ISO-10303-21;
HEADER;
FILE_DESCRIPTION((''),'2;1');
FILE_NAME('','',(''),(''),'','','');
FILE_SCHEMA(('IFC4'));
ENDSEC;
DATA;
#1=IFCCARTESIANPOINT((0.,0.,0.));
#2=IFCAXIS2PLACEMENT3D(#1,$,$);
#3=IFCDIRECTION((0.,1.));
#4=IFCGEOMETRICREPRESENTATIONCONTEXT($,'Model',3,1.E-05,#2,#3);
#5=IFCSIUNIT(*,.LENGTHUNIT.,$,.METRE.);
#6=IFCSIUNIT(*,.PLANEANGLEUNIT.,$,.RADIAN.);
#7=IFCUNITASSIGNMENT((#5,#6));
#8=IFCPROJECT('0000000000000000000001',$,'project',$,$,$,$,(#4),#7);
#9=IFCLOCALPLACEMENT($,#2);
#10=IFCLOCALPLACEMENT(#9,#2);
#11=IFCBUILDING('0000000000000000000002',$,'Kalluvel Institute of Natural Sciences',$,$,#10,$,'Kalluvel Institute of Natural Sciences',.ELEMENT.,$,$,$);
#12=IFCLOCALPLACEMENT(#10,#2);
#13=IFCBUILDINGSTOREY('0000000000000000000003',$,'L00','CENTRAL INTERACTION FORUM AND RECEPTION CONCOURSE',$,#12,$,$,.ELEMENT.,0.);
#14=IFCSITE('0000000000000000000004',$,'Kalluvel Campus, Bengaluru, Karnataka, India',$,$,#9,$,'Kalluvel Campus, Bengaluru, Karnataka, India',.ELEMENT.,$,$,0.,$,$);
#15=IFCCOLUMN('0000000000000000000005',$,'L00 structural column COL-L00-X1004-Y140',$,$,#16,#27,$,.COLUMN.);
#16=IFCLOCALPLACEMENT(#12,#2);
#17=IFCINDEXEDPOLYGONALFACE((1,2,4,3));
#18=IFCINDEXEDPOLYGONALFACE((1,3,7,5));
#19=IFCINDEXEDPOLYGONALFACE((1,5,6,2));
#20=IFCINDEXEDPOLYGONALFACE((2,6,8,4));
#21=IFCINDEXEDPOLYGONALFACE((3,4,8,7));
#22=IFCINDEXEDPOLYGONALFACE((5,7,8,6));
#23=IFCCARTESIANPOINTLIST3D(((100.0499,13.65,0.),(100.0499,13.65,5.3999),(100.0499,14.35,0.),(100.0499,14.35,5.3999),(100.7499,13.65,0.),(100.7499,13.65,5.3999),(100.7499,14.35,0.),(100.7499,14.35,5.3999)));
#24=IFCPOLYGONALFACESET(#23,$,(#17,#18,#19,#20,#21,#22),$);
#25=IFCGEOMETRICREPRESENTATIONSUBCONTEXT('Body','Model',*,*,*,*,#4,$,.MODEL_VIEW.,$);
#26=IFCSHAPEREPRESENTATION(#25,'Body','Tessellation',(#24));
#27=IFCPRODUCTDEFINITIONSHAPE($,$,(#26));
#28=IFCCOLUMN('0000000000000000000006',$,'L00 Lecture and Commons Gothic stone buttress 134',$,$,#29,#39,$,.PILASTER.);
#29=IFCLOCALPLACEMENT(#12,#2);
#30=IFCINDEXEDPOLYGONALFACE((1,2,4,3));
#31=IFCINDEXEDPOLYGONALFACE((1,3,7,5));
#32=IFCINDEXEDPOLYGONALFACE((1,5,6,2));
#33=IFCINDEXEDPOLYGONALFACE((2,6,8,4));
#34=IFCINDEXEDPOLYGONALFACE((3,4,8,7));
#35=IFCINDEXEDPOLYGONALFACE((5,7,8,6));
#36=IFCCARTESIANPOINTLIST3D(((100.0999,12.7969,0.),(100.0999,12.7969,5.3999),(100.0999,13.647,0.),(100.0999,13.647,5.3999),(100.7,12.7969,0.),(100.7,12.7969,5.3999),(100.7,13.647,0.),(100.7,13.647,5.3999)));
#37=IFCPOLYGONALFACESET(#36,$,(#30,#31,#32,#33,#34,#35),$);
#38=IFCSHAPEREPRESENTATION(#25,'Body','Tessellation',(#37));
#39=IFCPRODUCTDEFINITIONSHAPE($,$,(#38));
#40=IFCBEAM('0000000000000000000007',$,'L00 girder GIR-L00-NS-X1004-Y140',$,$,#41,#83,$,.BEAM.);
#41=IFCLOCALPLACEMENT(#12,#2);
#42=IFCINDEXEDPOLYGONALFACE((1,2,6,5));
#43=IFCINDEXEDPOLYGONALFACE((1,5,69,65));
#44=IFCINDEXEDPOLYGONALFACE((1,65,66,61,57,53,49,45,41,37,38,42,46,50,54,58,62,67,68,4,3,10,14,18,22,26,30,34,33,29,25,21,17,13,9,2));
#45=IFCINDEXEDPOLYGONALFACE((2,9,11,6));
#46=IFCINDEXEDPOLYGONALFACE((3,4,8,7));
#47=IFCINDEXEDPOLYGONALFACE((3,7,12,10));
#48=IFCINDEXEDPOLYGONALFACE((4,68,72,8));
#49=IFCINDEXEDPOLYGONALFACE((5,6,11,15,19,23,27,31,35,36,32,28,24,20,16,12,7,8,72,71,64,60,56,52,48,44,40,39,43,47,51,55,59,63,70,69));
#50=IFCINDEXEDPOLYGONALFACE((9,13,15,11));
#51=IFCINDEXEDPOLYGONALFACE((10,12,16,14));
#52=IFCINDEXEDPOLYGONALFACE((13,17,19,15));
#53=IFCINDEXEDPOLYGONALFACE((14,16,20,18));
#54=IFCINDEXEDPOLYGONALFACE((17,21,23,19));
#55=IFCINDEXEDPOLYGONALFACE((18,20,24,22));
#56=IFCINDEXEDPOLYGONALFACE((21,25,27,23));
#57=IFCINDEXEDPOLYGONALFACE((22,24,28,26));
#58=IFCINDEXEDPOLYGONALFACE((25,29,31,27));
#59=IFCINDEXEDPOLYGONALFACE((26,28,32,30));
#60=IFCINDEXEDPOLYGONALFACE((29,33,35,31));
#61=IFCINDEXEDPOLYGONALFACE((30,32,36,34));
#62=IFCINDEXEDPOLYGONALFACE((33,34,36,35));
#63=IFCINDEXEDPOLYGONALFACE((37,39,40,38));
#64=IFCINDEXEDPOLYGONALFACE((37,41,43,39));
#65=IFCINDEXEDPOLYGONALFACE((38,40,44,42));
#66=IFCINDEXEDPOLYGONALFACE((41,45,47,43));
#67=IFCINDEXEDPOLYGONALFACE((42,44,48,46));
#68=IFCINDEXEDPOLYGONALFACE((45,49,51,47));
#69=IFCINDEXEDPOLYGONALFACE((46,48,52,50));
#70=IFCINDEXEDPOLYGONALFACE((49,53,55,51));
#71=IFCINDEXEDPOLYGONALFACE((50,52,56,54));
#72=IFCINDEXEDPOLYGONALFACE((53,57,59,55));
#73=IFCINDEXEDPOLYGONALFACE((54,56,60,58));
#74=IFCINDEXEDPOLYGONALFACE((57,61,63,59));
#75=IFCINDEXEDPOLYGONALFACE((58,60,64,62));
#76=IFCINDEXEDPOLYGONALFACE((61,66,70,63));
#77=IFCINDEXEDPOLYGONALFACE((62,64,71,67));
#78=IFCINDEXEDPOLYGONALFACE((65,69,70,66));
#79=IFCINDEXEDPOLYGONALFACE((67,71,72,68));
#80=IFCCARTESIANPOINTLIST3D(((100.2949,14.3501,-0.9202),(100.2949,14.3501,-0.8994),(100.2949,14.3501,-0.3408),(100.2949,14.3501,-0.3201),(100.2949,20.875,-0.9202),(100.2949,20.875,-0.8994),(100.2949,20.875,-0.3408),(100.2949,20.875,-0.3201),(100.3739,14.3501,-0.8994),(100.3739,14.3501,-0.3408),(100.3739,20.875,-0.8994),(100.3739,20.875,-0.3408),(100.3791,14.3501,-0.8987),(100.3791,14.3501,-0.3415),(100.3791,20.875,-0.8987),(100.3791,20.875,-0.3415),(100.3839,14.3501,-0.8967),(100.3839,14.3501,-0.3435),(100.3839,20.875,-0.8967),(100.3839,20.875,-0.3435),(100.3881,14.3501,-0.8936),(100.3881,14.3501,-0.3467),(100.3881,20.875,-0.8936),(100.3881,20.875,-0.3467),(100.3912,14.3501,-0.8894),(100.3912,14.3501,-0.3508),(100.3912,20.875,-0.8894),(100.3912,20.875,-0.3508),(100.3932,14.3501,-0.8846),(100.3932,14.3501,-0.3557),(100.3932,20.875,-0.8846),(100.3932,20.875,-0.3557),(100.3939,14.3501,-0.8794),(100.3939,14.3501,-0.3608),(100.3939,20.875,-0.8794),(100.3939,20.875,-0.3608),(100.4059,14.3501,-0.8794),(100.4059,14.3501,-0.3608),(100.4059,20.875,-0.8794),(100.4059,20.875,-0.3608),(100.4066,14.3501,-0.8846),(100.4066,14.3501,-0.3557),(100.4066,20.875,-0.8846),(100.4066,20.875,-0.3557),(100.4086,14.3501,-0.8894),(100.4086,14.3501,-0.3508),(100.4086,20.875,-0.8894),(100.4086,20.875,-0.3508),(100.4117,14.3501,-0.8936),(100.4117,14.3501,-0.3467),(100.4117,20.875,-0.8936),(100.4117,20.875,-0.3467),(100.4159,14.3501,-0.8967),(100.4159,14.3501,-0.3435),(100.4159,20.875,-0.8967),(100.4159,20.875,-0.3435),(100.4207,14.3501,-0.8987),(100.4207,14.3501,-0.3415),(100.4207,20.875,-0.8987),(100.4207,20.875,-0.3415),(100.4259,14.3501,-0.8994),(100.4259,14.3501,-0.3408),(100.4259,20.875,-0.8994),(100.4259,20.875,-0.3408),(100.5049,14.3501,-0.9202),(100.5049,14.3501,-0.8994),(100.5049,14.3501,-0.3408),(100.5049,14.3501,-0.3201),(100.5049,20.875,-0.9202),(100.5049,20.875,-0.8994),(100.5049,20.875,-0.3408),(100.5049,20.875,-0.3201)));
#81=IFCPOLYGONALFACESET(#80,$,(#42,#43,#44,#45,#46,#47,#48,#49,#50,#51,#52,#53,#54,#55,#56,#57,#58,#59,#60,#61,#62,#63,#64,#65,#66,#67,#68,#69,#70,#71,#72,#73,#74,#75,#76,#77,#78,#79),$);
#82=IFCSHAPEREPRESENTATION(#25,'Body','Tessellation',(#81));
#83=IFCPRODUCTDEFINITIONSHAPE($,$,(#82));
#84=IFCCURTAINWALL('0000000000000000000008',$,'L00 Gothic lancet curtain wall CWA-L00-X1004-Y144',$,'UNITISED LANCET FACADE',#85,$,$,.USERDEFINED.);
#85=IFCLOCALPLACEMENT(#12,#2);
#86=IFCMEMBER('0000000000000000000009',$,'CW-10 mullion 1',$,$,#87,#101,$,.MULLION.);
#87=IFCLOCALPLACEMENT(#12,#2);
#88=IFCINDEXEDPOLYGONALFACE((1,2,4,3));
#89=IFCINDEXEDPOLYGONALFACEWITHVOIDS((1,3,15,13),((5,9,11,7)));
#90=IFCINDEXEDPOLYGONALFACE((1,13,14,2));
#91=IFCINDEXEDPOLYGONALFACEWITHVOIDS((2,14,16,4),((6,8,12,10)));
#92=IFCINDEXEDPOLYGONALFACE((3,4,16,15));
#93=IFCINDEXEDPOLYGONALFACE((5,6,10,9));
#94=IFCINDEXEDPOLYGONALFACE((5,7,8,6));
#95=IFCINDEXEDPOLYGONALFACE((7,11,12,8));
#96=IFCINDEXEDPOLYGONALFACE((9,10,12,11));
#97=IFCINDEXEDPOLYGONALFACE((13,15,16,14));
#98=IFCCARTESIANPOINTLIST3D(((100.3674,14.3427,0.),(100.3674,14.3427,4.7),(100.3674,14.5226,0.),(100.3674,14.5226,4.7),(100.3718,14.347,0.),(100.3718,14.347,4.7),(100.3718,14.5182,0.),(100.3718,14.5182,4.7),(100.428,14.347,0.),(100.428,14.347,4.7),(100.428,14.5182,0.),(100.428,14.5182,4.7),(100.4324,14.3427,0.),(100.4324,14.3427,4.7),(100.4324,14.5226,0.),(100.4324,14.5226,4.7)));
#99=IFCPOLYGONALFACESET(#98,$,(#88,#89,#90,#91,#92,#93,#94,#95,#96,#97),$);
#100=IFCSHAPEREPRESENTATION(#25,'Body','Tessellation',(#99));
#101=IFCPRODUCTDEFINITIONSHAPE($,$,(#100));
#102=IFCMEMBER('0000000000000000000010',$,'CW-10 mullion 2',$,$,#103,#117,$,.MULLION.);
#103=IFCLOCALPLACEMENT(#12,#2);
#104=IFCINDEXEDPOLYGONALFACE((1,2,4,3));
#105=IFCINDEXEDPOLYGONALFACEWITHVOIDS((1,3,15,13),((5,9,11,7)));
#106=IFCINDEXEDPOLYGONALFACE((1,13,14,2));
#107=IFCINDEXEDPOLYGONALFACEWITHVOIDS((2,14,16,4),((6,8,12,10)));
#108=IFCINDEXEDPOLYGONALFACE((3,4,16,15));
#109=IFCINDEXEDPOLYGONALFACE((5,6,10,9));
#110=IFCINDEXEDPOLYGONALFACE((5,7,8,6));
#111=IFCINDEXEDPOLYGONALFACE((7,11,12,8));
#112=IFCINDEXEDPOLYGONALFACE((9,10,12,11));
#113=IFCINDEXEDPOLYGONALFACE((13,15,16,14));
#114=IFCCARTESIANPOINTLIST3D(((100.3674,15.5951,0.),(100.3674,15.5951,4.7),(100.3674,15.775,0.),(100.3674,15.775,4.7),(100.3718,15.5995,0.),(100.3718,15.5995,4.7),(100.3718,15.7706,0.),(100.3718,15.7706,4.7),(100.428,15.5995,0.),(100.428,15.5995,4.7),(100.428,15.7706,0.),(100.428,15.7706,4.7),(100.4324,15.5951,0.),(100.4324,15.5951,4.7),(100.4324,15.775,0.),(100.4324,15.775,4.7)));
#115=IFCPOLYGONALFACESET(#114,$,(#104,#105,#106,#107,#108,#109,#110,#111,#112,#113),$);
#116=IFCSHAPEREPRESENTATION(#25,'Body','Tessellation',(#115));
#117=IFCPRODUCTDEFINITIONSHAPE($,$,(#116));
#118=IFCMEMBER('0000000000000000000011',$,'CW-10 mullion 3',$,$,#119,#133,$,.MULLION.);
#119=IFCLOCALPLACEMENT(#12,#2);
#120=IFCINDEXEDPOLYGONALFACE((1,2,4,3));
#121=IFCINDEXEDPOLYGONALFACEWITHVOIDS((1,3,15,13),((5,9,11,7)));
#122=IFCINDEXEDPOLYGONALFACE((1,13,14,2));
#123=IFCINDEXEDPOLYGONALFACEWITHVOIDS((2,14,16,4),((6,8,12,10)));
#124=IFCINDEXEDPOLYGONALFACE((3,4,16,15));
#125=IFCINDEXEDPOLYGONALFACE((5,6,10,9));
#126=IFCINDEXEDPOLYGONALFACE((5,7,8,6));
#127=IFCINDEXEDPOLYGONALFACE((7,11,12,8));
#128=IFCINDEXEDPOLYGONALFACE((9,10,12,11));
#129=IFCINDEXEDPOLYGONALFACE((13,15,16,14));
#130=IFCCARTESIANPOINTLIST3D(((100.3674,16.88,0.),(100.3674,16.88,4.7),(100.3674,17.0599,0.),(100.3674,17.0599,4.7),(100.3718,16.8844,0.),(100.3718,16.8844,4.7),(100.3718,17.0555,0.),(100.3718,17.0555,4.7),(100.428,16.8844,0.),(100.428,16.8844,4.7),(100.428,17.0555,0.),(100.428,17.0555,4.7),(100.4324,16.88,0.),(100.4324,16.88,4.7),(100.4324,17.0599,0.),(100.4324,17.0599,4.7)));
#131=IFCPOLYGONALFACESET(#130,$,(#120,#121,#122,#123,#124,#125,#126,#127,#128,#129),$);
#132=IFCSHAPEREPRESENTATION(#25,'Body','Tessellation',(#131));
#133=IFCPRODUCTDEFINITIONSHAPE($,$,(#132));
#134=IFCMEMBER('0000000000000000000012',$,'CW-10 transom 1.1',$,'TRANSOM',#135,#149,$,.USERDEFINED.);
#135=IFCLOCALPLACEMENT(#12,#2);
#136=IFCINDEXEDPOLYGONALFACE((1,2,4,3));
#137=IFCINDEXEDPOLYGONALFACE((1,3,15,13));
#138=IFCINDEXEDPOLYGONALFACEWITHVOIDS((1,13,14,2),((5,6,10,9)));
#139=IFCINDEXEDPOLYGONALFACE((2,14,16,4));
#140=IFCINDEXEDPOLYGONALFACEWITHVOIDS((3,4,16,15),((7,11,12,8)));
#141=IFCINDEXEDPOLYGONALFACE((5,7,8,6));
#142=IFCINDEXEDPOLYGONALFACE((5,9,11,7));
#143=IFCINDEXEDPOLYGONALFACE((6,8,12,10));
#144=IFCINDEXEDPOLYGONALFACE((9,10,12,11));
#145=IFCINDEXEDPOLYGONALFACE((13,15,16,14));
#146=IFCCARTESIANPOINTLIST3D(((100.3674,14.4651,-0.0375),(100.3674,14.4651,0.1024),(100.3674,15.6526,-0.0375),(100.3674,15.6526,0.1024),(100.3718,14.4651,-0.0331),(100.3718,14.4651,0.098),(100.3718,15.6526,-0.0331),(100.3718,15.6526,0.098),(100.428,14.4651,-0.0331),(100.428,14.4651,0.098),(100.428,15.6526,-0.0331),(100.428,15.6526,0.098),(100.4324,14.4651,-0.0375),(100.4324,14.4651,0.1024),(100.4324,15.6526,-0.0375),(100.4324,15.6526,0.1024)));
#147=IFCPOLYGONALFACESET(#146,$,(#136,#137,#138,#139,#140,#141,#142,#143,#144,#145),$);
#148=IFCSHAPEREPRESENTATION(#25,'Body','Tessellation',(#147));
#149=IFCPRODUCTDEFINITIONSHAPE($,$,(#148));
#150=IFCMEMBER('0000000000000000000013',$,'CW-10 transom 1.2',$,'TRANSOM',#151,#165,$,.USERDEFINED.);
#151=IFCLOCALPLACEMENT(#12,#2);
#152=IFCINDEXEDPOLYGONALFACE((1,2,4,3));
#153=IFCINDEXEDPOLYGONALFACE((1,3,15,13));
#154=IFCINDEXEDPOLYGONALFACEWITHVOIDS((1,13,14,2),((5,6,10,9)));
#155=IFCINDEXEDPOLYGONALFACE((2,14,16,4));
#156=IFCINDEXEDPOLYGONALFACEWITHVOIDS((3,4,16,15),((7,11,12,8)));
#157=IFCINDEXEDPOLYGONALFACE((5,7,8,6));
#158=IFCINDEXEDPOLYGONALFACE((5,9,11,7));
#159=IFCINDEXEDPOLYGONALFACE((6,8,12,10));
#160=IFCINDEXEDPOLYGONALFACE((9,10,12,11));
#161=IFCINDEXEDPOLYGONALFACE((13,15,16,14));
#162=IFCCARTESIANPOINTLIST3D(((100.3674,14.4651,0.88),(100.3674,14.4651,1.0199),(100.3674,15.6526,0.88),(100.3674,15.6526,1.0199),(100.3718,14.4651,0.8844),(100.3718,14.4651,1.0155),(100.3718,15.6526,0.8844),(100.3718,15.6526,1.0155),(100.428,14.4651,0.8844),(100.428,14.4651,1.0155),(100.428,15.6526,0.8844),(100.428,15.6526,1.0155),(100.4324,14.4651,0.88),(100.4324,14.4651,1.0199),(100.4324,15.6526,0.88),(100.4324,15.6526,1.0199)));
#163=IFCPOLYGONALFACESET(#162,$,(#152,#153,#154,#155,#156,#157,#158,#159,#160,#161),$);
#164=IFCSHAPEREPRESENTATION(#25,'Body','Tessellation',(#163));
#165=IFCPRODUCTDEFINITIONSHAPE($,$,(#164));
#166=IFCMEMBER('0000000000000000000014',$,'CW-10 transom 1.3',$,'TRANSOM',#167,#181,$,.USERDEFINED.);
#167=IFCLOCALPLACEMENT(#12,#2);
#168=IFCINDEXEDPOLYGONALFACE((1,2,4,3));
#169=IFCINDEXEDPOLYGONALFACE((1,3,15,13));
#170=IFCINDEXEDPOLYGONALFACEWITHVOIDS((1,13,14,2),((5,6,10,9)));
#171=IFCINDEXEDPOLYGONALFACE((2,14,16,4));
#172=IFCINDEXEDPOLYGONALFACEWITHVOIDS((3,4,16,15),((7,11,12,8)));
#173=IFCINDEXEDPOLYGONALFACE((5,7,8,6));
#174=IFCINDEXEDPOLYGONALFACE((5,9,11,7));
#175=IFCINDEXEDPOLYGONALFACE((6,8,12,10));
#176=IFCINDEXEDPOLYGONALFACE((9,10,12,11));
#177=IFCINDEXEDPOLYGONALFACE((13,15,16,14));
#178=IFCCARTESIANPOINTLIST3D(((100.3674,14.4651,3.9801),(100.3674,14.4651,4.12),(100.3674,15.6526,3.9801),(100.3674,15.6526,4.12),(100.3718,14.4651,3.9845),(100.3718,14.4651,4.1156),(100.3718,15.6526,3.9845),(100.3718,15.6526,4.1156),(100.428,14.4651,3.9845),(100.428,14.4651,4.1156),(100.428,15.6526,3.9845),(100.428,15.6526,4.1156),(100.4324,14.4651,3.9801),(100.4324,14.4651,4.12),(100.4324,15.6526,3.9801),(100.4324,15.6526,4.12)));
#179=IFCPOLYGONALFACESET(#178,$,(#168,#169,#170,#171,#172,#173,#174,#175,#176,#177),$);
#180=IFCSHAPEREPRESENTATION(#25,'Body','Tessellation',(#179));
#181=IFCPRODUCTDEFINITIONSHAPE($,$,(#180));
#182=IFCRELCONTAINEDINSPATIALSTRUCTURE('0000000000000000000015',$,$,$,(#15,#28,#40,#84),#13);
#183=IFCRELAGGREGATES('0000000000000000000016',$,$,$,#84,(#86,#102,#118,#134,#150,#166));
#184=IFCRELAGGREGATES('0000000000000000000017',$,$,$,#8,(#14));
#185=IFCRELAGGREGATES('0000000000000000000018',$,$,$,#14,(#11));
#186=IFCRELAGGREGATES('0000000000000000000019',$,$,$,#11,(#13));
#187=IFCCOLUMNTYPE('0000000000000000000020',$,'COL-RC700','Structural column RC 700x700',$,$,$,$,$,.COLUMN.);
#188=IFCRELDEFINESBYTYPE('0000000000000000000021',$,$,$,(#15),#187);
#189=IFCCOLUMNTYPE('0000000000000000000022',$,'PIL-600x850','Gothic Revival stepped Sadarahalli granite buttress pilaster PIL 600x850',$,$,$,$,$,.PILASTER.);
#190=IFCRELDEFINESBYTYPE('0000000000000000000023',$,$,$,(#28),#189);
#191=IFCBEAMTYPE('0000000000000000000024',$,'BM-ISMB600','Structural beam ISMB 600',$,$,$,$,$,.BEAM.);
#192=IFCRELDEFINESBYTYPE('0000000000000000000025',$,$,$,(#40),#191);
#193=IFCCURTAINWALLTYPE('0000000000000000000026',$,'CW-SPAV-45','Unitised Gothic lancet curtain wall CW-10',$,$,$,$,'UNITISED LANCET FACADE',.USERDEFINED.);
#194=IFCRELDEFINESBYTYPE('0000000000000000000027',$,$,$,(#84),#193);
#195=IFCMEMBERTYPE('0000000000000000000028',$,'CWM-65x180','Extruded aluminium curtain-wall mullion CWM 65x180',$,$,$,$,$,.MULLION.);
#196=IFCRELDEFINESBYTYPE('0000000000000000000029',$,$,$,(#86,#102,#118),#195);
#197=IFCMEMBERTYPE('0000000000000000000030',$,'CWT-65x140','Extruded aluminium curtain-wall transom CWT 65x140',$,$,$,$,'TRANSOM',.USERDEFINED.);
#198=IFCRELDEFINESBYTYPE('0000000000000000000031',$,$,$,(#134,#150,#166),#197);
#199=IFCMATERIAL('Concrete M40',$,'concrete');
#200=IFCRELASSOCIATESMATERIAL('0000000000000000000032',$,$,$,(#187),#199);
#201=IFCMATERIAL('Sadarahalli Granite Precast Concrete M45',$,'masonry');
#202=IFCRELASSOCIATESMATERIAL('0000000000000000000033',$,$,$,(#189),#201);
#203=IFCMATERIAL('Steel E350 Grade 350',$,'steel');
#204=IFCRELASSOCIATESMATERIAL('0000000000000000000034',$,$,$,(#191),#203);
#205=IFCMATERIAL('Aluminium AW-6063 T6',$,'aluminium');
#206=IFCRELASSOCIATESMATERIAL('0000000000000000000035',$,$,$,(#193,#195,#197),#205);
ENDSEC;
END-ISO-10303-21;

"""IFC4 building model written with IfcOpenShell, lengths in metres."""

from ifc_helpers import new_model, si_unit, direction, frame, origin, origin_2d, place, context, subcontext, project, spatial, rectangle, hollow_rectangle, i_section, extrude, material, material_profile, profile_set, type_object, element, aggregate, save


model = new_model("IFC4")

# Units and contexts
model_context = context("Model", 3, precision=1e-05, world=origin(), true_north=direction((0.0, 1.0)))
body_context = subcontext(model_context, "Body", "Model", "MODEL_VIEW")
ifc_project = project(units=[si_unit("LENGTHUNIT", "METRE"), si_unit("PLANEANGLEUNIT", "RADIAN")], contexts=[model_context])

# Site, building, storey
site_placement = place(None, origin())
site = spatial("IfcSite", under=ifc_project, at=site_placement, Name="Kalluvel Campus, Bengaluru, Karnataka, India", LongName="Kalluvel Campus, Bengaluru, Karnataka, India", CompositionType="ELEMENT", RefElevation=0.0)
building_placement = place(site_placement, origin())
building = spatial("IfcBuilding", under=site, at=building_placement, Name="Kalluvel Institute of Natural Sciences", LongName="Kalluvel Institute of Natural Sciences", CompositionType="ELEMENT")
storey_placement = place(building_placement, origin())
storey = spatial("IfcBuildingStorey", under=building, at=storey_placement, Name="L00", Description="CENTRAL INTERACTION FORUM AND RECEPTION CONCOURSE", CompositionType="ELEMENT", Elevation=0.0)

# Columns
ifc_material_1 = material(Name="Concrete M40", Category="concrete")
ifc_material_profile_1 = material_profile(ifc_material_1, rectangle(XDim=0.7, YDim=0.7, at=origin_2d()), Name="RC 700x700")
ifc_profile_set_1 = profile_set([ifc_material_profile_1], Name="Concrete M40")
column_type_1 = type_object("IfcColumnType", Name="COL-RC700", Description="Structural column RC 700x700", PredefinedType="COLUMN", material=ifc_profile_set_1)
column_1_placement = place(storey_placement, frame((100.3999, 14.0, 0.0), z_axis=(0.0, 0.0, 1.0), x_axis=(1.0, 0.0, 0.0)))
element("IfcColumn", 1, at=column_1_placement, inside=storey, type_object=column_type_1, Name="L00 structural column COL-L00-X1004-Y140", PredefinedType="COLUMN", context=body_context, shape_type="SweptSolid", body=[
    extrude(rectangle(XDim=0.7, YDim=0.7, at=origin_2d()), origin(), (0.0, 0.0, 1.0), 5.3999),
])
ifc_material_2 = material(Name="Sadarahalli Granite Precast Concrete M45", Category="masonry")
ifc_material_profile_2 = material_profile(ifc_material_2, rectangle(XDim=0.6001, YDim=0.8501, at=origin_2d()), Name="PIL 600x850")
ifc_profile_set_2 = profile_set([ifc_material_profile_2], Name="Sadarahalli Granite Precast Concrete M45")
column_type_2 = type_object("IfcColumnType", Name="PIL-600x850", Description="Gothic Revival stepped Sadarahalli granite buttress pilaster PIL 600x850", PredefinedType="PILASTER", material=ifc_profile_set_2)
column_2_placement = place(storey_placement, frame((100.3999, 13.2219, 0.0), z_axis=(0.0, 0.0, 1.0), x_axis=(1.0, 0.0, 0.0)))
element("IfcColumn", 2, at=column_2_placement, inside=storey, type_object=column_type_2, Name="L00 Lecture and Commons Gothic stone buttress 134", PredefinedType="PILASTER", context=body_context, shape_type="SweptSolid", body=[
    extrude(rectangle(XDim=0.6001, YDim=0.8501, at=origin_2d()), origin(), (0.0, 0.0, 1.0), 5.3999),
])

# Beam
ifc_material_3 = material(Name="Steel E350 Grade 350", Category="steel")
ifc_material_profile_3 = material_profile(ifc_material_3, i_section(OverallWidth=0.21, OverallDepth=0.6001, WebThickness=0.012, FlangeThickness=0.0208, FilletRadius=0.02, at=origin_2d()), Name="ISMB 600")
ifc_profile_set_3 = profile_set([ifc_material_profile_3], Name="Steel E350 Grade 350")
beam_type = type_object("IfcBeamType", Name="BM-ISMB600", Description="Structural beam ISMB 600", PredefinedType="BEAM", material=ifc_profile_set_3)
beam_placement = place(storey_placement, frame((100.3999, 14.3501, -0.6201), z_axis=(0.0, 1.0, 0.0), x_axis=(-1.0, 0.0, 0.0)))
element("IfcBeam", 3, at=beam_placement, inside=storey, type_object=beam_type, Name="L00 girder GIR-L00-NS-X1004-Y140", PredefinedType="BEAM", context=body_context, shape_type="SweptSolid", body=[
    extrude(i_section(OverallWidth=0.21, OverallDepth=0.6001, WebThickness=0.012, FlangeThickness=0.0208, FilletRadius=0.02, at=origin_2d()), origin(), (0.0, 0.0, 1.0), 6.5249),
])

# Curtain wall, members
ifc_material_4 = material(Name="Aluminium AW-6063 T6", Category="aluminium")
curtain_wall_type = type_object("IfcCurtainWallType", Name="CW-SPAV-45", Description="Unitised Gothic lancet curtain wall CW-10", ElementType="UNITISED LANCET FACADE", PredefinedType="USERDEFINED", material=ifc_material_4)
curtain_wall_placement = place(storey_placement, origin())
curtain_wall = element("IfcCurtainWall", 4, at=curtain_wall_placement, inside=storey, type_object=curtain_wall_type, Name="L00 Gothic lancet curtain wall CWA-L00-X1004-Y144", ObjectType="UNITISED LANCET FACADE", PredefinedType="USERDEFINED")
ifc_material_profile_4 = material_profile(ifc_material_4, hollow_rectangle(XDim=0.0649, YDim=0.1799, WallThickness=0.0044, at=origin_2d()), Name="CWM 65x180")
ifc_profile_set_4 = profile_set([ifc_material_profile_4], Name="Aluminium AW-6063 T6")
member_type_1 = type_object("IfcMemberType", Name="CWM-65x180", Description="Extruded aluminium curtain-wall mullion CWM 65x180", PredefinedType="MULLION", material=ifc_profile_set_4)
member_1_placement = place(storey_placement, frame((100.3999, 14.4326, 0.0), z_axis=(0.0, 0.0, 1.0), x_axis=(-1.0, 0.0, 0.0)))
member_1 = element("IfcMember", 5, at=member_1_placement, type_object=member_type_1, Name="CW-10 mullion 1", PredefinedType="MULLION", context=body_context, shape_type="SweptSolid", body=[
    extrude(hollow_rectangle(XDim=0.0649, YDim=0.1799, WallThickness=0.0044, at=origin_2d()), origin(), (0.0, 0.0, 1.0), 4.7),
])
member_2_placement = place(storey_placement, frame((100.3999, 15.6851, 0.0), z_axis=(0.0, 0.0, 1.0), x_axis=(-1.0, 0.0, 0.0)))
member_2 = element("IfcMember", 6, at=member_2_placement, type_object=member_type_1, Name="CW-10 mullion 2", PredefinedType="MULLION", context=body_context, shape_type="SweptSolid", body=[
    extrude(hollow_rectangle(XDim=0.0649, YDim=0.1799, WallThickness=0.0044, at=origin_2d()), origin(), (0.0, 0.0, 1.0), 4.7),
])
member_3_placement = place(storey_placement, frame((100.3999, 16.97, 0.0), z_axis=(0.0, 0.0, 1.0), x_axis=(-1.0, 0.0, 0.0)))
member_3 = element("IfcMember", 7, at=member_3_placement, type_object=member_type_1, Name="CW-10 mullion 3", PredefinedType="MULLION", context=body_context, shape_type="SweptSolid", body=[
    extrude(hollow_rectangle(XDim=0.0649, YDim=0.1799, WallThickness=0.0044, at=origin_2d()), origin(), (0.0, 0.0, 1.0), 4.7),
])
ifc_material_profile_5 = material_profile(ifc_material_4, hollow_rectangle(XDim=0.0649, YDim=0.1399, WallThickness=0.0044, at=origin_2d()), Name="CWT 65x140")
ifc_profile_set_5 = profile_set([ifc_material_profile_5], Name="Aluminium AW-6063 T6")
member_type_2 = type_object("IfcMemberType", Name="CWT-65x140", Description="Extruded aluminium curtain-wall transom CWT 65x140", ElementType="TRANSOM", PredefinedType="USERDEFINED", material=ifc_profile_set_5)
member_4_placement = place(storey_placement, frame((100.3999, 14.4651, 0.0325), z_axis=(0.0, 1.0, 0.0), x_axis=(-1.0, 0.0, 0.0)))
member_4 = element("IfcMember", 8, at=member_4_placement, type_object=member_type_2, Name="CW-10 transom 1.1", ObjectType="TRANSOM", PredefinedType="USERDEFINED", context=body_context, shape_type="SweptSolid", body=[
    extrude(hollow_rectangle(XDim=0.0649, YDim=0.1399, WallThickness=0.0044, at=origin_2d()), origin(), (0.0, 0.0, 1.0), 1.1875),
])
member_5_placement = place(storey_placement, frame((100.3999, 14.4651, 0.95), z_axis=(0.0, 1.0, 0.0), x_axis=(-1.0, 0.0, 0.0)))
member_5 = element("IfcMember", 9, at=member_5_placement, type_object=member_type_2, Name="CW-10 transom 1.2", ObjectType="TRANSOM", PredefinedType="USERDEFINED", context=body_context, shape_type="SweptSolid", body=[
    extrude(hollow_rectangle(XDim=0.0649, YDim=0.1399, WallThickness=0.0044, at=origin_2d()), origin(), (0.0, 0.0, 1.0), 1.1875),
])
member_6_placement = place(storey_placement, frame((100.3999, 14.4651, 4.05), z_axis=(0.0, 1.0, 0.0), x_axis=(-1.0, 0.0, 0.0)))
member_6 = element("IfcMember", 10, at=member_6_placement, type_object=member_type_2, Name="CW-10 transom 1.3", ObjectType="TRANSOM", PredefinedType="USERDEFINED", context=body_context, shape_type="SweptSolid", body=[
    extrude(hollow_rectangle(XDim=0.0649, YDim=0.1399, WallThickness=0.0044, at=origin_2d()), origin(), (0.0, 0.0, 1.0), 1.1875),
])
aggregate(curtain_wall, [member_1, member_2, member_3, member_4, member_5, member_6])

save(model, "model.ifc")
